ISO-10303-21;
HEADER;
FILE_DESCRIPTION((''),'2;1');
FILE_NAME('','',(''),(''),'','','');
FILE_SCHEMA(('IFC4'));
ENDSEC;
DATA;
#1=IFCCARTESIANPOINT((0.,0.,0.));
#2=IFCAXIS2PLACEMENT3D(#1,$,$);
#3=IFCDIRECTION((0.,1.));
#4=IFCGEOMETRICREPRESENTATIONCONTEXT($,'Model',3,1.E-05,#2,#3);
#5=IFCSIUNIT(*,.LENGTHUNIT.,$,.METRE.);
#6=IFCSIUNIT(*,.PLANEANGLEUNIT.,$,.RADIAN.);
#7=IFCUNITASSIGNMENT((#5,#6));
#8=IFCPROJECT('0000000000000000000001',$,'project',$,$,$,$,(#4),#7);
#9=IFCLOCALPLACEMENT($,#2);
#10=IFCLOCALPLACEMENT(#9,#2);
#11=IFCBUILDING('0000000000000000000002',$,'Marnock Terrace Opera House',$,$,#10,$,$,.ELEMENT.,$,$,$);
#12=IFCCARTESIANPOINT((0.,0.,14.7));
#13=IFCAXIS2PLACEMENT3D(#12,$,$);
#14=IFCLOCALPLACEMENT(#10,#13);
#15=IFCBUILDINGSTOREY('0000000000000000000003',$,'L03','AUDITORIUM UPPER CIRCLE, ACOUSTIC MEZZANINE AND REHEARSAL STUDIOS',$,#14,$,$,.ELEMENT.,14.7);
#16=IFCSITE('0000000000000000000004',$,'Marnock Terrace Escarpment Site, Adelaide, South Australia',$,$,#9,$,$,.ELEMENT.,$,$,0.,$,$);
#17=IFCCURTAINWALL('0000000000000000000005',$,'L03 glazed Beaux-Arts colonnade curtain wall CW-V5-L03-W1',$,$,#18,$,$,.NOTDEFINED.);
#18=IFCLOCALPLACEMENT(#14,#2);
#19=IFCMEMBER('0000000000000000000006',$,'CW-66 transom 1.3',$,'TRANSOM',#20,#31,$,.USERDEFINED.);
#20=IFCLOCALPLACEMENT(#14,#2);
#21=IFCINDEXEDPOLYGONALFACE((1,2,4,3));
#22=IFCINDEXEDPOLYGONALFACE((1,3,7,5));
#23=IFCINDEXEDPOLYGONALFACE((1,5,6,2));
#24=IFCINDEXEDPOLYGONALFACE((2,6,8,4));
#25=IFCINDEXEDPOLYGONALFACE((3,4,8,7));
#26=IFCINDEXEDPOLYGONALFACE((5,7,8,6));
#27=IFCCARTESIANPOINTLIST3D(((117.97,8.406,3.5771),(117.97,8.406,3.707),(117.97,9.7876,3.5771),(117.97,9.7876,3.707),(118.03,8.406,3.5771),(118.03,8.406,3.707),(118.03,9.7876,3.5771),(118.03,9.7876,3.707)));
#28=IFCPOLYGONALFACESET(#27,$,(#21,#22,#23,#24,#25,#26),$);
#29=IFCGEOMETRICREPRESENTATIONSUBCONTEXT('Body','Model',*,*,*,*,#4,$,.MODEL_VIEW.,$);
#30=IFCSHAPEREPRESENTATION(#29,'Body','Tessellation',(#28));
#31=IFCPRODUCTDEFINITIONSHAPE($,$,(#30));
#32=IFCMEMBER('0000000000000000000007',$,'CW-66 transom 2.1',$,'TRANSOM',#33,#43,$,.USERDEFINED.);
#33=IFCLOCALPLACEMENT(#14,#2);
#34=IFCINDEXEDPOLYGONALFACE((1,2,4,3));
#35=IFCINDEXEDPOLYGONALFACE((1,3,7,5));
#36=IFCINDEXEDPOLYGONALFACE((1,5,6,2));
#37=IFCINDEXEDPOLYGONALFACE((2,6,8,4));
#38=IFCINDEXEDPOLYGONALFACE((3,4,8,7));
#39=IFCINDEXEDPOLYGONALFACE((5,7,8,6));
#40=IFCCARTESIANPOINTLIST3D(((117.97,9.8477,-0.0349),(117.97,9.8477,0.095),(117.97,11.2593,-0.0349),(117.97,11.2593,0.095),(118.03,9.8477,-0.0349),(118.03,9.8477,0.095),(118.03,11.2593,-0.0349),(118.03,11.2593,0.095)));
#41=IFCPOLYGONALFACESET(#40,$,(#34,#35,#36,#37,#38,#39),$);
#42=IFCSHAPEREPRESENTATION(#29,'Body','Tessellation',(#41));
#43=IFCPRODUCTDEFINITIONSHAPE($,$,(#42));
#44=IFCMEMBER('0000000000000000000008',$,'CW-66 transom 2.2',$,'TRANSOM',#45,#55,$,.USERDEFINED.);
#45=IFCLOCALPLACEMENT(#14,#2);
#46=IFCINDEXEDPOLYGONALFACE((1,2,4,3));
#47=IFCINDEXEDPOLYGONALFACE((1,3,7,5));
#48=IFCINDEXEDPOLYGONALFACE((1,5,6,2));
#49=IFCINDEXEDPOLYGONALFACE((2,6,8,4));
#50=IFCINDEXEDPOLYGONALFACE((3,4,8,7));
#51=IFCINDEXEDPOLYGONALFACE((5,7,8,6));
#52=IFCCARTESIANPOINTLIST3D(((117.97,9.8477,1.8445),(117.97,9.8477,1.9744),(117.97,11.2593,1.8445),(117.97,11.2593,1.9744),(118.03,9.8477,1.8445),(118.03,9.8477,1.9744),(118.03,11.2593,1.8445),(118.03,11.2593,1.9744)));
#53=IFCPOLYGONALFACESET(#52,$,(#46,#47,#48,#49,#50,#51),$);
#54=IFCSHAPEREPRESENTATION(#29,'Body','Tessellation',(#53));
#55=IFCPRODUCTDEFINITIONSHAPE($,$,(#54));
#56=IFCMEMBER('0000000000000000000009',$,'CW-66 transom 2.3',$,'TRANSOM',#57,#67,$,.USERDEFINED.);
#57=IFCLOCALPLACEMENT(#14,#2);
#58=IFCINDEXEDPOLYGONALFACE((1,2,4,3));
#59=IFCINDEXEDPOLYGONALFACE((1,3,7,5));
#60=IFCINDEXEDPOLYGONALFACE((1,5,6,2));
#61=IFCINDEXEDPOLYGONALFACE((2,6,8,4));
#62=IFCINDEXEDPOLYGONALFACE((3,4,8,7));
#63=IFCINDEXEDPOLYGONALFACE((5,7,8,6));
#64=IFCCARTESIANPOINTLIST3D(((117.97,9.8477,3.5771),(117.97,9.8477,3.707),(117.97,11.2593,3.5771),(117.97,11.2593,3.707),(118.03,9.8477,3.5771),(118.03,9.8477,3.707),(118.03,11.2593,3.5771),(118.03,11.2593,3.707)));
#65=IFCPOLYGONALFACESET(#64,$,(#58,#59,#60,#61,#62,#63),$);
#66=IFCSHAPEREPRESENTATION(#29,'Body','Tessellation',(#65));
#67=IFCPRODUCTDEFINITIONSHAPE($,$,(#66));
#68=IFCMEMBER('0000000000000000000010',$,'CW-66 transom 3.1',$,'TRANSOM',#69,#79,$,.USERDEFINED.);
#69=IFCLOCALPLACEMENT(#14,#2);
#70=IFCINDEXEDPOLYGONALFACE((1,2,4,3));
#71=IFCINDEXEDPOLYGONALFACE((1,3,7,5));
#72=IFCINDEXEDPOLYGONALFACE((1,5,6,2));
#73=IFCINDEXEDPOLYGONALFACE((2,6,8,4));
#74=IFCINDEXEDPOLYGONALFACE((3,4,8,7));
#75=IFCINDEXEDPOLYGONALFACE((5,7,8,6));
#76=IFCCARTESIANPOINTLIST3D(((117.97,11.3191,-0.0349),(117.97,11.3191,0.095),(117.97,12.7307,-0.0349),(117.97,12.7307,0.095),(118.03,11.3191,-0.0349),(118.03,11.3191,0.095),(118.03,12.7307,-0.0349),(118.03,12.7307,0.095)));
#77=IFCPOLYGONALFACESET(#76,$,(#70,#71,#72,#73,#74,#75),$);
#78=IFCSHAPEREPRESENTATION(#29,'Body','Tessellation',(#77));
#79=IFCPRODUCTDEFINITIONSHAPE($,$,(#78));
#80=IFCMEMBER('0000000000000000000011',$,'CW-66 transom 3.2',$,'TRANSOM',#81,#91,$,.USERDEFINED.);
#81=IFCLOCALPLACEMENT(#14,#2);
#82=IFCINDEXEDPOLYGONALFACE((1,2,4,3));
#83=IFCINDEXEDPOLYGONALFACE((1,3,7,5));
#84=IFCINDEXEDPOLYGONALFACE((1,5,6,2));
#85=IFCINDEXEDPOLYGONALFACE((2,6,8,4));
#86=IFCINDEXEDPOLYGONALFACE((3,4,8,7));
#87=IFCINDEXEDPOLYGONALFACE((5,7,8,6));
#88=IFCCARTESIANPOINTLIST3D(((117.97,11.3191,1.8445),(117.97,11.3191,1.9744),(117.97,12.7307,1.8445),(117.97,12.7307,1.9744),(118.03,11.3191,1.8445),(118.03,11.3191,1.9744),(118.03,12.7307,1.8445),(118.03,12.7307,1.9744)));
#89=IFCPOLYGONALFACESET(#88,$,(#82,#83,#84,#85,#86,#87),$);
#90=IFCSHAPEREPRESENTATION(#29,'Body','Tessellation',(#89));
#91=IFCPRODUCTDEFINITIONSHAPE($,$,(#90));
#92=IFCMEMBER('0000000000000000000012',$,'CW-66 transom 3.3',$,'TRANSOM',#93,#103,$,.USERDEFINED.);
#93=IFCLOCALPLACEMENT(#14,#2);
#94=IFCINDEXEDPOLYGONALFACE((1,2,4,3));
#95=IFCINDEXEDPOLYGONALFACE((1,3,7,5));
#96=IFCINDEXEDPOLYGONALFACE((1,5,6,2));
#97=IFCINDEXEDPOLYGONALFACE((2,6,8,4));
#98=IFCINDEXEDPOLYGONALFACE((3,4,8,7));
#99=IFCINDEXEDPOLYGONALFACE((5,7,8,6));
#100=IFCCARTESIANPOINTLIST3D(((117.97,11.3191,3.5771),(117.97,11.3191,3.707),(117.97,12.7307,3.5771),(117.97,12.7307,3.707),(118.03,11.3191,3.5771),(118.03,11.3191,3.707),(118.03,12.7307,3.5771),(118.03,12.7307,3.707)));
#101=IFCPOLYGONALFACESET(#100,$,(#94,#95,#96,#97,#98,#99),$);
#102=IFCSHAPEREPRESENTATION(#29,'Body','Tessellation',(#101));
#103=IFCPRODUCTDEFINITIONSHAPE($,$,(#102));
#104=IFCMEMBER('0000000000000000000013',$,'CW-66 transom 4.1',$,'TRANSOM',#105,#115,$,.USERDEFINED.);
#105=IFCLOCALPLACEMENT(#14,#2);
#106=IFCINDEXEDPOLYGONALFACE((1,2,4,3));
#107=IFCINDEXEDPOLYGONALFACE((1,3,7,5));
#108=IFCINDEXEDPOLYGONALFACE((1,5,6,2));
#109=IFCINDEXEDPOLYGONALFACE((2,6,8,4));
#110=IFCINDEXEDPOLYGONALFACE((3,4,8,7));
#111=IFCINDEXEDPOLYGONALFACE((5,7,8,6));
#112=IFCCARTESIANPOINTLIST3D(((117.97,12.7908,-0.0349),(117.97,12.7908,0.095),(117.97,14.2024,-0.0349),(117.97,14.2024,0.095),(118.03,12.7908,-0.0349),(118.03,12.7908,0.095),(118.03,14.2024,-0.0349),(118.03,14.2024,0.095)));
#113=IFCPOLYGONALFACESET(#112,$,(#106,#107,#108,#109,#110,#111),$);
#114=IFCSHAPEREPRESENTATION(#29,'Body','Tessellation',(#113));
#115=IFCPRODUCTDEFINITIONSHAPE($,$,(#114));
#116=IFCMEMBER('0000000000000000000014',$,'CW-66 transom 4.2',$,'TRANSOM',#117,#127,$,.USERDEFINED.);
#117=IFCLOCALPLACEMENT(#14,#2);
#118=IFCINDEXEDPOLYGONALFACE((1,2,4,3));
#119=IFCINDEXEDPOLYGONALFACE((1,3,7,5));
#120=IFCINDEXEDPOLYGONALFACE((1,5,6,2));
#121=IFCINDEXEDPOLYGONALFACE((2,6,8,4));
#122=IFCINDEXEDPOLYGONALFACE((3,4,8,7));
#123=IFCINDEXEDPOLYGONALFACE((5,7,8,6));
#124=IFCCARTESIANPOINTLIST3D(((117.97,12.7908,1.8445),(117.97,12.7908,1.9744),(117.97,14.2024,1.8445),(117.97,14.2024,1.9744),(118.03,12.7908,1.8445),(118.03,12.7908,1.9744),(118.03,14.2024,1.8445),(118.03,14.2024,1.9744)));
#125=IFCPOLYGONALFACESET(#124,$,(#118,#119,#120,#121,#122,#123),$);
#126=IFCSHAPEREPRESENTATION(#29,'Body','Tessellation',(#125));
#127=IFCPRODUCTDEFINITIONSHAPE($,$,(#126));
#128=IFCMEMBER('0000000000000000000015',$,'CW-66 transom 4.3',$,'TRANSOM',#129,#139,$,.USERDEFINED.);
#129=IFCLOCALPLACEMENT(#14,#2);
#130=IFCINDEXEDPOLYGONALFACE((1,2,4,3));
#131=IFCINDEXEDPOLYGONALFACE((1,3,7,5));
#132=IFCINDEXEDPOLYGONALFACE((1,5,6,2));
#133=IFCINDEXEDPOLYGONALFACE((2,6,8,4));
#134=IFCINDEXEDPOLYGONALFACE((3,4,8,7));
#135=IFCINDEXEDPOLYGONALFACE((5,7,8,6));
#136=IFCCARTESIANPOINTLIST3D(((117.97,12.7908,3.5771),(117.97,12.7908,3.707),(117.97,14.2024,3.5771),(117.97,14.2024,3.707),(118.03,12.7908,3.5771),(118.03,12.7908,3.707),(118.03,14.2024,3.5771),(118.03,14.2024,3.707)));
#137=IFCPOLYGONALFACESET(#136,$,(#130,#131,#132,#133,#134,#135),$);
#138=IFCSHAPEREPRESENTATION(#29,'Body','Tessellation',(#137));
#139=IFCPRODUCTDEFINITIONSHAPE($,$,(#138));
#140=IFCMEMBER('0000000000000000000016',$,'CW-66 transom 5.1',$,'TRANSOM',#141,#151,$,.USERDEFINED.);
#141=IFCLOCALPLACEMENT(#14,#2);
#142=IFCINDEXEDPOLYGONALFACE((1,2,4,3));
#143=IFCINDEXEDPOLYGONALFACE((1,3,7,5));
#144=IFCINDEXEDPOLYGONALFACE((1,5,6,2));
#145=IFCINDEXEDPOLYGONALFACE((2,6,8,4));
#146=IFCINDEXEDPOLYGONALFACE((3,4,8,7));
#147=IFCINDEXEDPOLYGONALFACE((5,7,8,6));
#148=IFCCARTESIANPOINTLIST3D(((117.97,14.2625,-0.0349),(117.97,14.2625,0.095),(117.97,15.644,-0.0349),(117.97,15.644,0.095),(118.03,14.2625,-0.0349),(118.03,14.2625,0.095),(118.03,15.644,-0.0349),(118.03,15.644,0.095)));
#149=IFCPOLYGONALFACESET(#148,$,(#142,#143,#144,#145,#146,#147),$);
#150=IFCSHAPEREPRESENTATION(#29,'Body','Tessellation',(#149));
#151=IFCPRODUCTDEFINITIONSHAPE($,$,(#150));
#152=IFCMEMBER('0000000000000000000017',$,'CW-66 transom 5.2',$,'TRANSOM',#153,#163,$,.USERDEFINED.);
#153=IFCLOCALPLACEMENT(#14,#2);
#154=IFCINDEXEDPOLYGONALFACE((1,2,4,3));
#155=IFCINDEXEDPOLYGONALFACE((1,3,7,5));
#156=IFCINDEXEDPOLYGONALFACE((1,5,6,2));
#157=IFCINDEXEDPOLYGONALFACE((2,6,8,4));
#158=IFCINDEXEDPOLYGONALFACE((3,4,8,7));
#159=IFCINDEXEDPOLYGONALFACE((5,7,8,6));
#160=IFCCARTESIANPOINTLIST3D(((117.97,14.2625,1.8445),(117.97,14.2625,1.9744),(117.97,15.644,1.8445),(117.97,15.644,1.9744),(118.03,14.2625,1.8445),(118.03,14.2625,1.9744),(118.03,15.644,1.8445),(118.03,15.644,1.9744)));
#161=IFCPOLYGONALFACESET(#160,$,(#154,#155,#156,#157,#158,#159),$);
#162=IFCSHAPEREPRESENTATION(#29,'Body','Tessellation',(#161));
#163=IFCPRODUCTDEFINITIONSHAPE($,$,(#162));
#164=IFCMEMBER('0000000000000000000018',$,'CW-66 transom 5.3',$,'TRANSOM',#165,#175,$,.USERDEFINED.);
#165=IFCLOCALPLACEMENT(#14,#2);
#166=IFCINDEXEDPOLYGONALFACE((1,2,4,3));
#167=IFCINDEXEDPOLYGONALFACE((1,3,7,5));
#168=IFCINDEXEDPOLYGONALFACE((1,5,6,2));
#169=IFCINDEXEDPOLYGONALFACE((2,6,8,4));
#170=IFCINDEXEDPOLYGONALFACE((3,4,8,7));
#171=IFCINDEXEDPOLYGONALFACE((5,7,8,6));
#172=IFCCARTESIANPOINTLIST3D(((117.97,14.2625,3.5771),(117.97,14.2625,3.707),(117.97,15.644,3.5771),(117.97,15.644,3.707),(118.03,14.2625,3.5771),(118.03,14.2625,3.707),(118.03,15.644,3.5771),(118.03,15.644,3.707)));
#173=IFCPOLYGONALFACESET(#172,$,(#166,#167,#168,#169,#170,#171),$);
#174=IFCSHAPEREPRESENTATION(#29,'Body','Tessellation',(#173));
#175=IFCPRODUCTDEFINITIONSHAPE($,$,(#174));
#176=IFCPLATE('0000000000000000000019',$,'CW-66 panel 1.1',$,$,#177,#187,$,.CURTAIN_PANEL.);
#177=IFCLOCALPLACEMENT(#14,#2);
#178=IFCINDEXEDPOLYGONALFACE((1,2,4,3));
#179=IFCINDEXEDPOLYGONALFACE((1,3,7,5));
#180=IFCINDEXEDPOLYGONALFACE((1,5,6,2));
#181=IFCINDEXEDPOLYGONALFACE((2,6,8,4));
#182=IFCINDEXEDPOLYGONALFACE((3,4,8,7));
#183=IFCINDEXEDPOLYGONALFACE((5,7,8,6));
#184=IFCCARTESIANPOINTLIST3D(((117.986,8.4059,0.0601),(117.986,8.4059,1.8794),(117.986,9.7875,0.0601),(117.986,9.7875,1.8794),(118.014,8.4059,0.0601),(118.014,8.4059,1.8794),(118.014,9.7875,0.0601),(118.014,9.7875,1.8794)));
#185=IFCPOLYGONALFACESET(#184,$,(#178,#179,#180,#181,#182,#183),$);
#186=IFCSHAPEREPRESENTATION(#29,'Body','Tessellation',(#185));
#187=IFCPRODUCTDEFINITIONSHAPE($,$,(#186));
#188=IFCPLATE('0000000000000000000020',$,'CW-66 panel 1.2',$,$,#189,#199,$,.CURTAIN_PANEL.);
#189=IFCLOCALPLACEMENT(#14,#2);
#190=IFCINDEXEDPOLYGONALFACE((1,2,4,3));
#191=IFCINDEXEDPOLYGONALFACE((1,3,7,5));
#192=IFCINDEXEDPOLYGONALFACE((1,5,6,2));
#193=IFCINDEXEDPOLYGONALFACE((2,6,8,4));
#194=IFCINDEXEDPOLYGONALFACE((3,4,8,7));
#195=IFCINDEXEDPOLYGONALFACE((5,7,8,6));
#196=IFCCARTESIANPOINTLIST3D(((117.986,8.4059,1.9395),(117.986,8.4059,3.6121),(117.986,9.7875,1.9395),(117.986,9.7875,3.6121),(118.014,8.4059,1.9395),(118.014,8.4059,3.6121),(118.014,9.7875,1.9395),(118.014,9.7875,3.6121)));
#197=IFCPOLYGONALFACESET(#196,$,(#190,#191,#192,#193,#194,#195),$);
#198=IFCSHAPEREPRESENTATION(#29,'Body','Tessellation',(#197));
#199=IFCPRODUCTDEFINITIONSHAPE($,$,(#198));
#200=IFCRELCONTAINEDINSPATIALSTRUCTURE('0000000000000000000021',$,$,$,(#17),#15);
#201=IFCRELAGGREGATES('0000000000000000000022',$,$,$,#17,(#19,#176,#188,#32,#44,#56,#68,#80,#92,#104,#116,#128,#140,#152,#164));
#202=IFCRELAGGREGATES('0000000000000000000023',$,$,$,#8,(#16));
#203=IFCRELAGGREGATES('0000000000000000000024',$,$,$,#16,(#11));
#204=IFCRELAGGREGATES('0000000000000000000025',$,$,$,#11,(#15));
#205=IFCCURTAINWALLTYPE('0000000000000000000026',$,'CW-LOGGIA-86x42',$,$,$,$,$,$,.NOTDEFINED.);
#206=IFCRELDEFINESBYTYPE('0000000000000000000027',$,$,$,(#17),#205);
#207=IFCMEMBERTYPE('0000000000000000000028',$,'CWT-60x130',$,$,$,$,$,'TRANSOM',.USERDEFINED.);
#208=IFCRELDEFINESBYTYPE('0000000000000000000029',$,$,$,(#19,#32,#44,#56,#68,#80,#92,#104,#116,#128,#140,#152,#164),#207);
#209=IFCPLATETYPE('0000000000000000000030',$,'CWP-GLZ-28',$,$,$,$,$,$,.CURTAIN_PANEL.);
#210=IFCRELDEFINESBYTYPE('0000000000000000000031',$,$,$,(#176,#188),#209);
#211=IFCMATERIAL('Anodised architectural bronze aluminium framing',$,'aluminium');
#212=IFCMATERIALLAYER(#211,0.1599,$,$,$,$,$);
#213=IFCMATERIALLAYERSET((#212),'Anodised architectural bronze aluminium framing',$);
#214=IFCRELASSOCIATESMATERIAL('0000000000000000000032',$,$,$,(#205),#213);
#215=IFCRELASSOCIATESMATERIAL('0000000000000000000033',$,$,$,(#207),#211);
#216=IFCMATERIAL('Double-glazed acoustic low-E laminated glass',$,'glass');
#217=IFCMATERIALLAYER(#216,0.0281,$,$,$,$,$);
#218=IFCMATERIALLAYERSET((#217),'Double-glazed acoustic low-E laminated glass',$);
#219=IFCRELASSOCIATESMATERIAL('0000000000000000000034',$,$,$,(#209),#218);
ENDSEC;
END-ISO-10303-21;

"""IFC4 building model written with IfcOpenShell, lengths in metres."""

from ifc_helpers import new_model, si_unit, direction, frame, origin, origin_2d, place, context, subcontext, project, spatial, rectangle, extrude, material, layer, layer_set, material_profile, profile_set, type_object, element, aggregate, save


model = new_model("IFC4")

# Units and contexts
model_context = context("Model", 3, precision=1e-05, world=origin(), true_north=direction((0.0, 1.0)))
body_context = subcontext(model_context, "Body", "Model", "MODEL_VIEW")
ifc_project = project(units=[si_unit("LENGTHUNIT", "METRE"), si_unit("PLANEANGLEUNIT", "RADIAN")], contexts=[model_context])

# Site, building, storey
site_placement = place(None, origin())
site = spatial("IfcSite", under=ifc_project, at=site_placement, Name="Marnock Terrace Escarpment Site, Adelaide, South Australia", CompositionType="ELEMENT", RefElevation=0.0)
building_placement = place(site_placement, origin())
building = spatial("IfcBuilding", under=site, at=building_placement, Name="Marnock Terrace Opera House", CompositionType="ELEMENT")
storey_placement = place(building_placement, frame((0.0, 0.0, 14.7)))
storey = spatial("IfcBuildingStorey", under=building, at=storey_placement, Name="L03", Description="AUDITORIUM UPPER CIRCLE, ACOUSTIC MEZZANINE AND REHEARSAL STUDIOS", CompositionType="ELEMENT", Elevation=14.7)

# Curtain wall, members, plates
ifc_material_1 = material(Name="Anodised architectural bronze aluminium framing", Category="aluminium")
ifc_layer_1 = layer(ifc_material_1, 0.1599)
ifc_layer_set_1 = layer_set([ifc_layer_1], Name="Anodised architectural bronze aluminium framing")
curtain_wall_type = type_object("IfcCurtainWallType", Name="CW-LOGGIA-86x42", PredefinedType="NOTDEFINED", material=ifc_layer_set_1)
curtain_wall_placement = place(storey_placement, origin())
curtain_wall = element("IfcCurtainWall", 1, at=curtain_wall_placement, inside=storey, type_object=curtain_wall_type, Name="L03 glazed Beaux-Arts colonnade curtain wall CW-V5-L03-W1", PredefinedType="NOTDEFINED")
ifc_material_profile_1 = material_profile(ifc_material_1, rectangle(XDim=0.0601, YDim=0.1299, at=origin_2d()))
ifc_profile_set_1 = profile_set([ifc_material_profile_1], Name="Anodised architectural bronze aluminium framing")
member_type_1 = type_object("IfcMemberType", Name="CWT-60x130", ElementType="TRANSOM", PredefinedType="USERDEFINED", material=ifc_profile_set_1)
member_1_placement = place(storey_placement, frame((118.0, 8.406, 3.6421), z_axis=(0.0, 1.0, 0.0), x_axis=(-1.0, 0.0, 0.0)))
member_1 = element("IfcMember", 2, at=member_1_placement, type_object=member_type_1, Name="CW-66 transom 1.3", ObjectType="TRANSOM", PredefinedType="USERDEFINED", context=body_context, shape_type="SweptSolid", body=[
    extrude(rectangle(XDim=0.0601, YDim=0.1299, at=origin_2d()), origin(), (0.0, 0.0, 1.0), 1.3816),
])
member_2_placement = place(storey_placement, frame((118.0, 9.8477, 0.03), z_axis=(0.0, 1.0, 0.0), x_axis=(-1.0, 0.0, 0.0)))
member_2 = element("IfcMember", 3, at=member_2_placement, type_object=member_type_1, Name="CW-66 transom 2.1", ObjectType="TRANSOM", PredefinedType="USERDEFINED", context=body_context, shape_type="SweptSolid", body=[
    extrude(rectangle(XDim=0.0601, YDim=0.1299, at=origin_2d()), origin(), (0.0, 0.0, 1.0), 1.4116),
])
member_3_placement = place(storey_placement, frame((118.0, 9.8477, 1.9094), z_axis=(0.0, 1.0, 0.0), x_axis=(-1.0, 0.0, 0.0)))
member_3 = element("IfcMember", 4, at=member_3_placement, type_object=member_type_1, Name="CW-66 transom 2.2", ObjectType="TRANSOM", PredefinedType="USERDEFINED", context=body_context, shape_type="SweptSolid", body=[
    extrude(rectangle(XDim=0.0601, YDim=0.1299, at=origin_2d()), origin(), (0.0, 0.0, 1.0), 1.4116),
])
member_4_placement = place(storey_placement, frame((118.0, 9.8477, 3.6421), z_axis=(0.0, 1.0, 0.0), x_axis=(-1.0, 0.0, 0.0)))
member_4 = element("IfcMember", 5, at=member_4_placement, type_object=member_type_1, Name="CW-66 transom 2.3", ObjectType="TRANSOM", PredefinedType="USERDEFINED", context=body_context, shape_type="SweptSolid", body=[
    extrude(rectangle(XDim=0.0601, YDim=0.1299, at=origin_2d()), origin(), (0.0, 0.0, 1.0), 1.4116),
])
member_5_placement = place(storey_placement, frame((118.0, 11.3191, 0.03), z_axis=(0.0, 1.0, 0.0), x_axis=(-1.0, 0.0, 0.0)))
member_5 = element("IfcMember", 6, at=member_5_placement, type_object=member_type_1, Name="CW-66 transom 3.1", ObjectType="TRANSOM", PredefinedType="USERDEFINED", context=body_context, shape_type="SweptSolid", body=[
    extrude(rectangle(XDim=0.0601, YDim=0.1299, at=origin_2d()), origin(), (0.0, 0.0, 1.0), 1.4116),
])
member_6_placement = place(storey_placement, frame((118.0, 11.3191, 1.9094), z_axis=(0.0, 1.0, 0.0), x_axis=(-1.0, 0.0, 0.0)))
member_6 = element("IfcMember", 7, at=member_6_placement, type_object=member_type_1, Name="CW-66 transom 3.2", ObjectType="TRANSOM", PredefinedType="USERDEFINED", context=body_context, shape_type="SweptSolid", body=[
    extrude(rectangle(XDim=0.0601, YDim=0.1299, at=origin_2d()), origin(), (0.0, 0.0, 1.0), 1.4116),
])
member_7_placement = place(storey_placement, frame((118.0, 11.3191, 3.6421), z_axis=(0.0, 1.0, 0.0), x_axis=(-1.0, 0.0, 0.0)))
member_7 = element("IfcMember", 8, at=member_7_placement, type_object=member_type_1, Name="CW-66 transom 3.3", ObjectType="TRANSOM", PredefinedType="USERDEFINED", context=body_context, shape_type="SweptSolid", body=[
    extrude(rectangle(XDim=0.0601, YDim=0.1299, at=origin_2d()), origin(), (0.0, 0.0, 1.0), 1.4116),
])
member_8_placement = place(storey_placement, frame((118.0, 12.7908, 0.03), z_axis=(0.0, 1.0, 0.0), x_axis=(-1.0, 0.0, 0.0)))
member_8 = element("IfcMember", 9, at=member_8_placement, type_object=member_type_1, Name="CW-66 transom 4.1", ObjectType="TRANSOM", PredefinedType="USERDEFINED", context=body_context, shape_type="SweptSolid", body=[
    extrude(rectangle(XDim=0.0601, YDim=0.1299, at=origin_2d()), origin(), (0.0, 0.0, 1.0), 1.4116),
])
member_9_placement = place(storey_placement, frame((118.0, 12.7908, 1.9094), z_axis=(0.0, 1.0, 0.0), x_axis=(-1.0, 0.0, 0.0)))
member_9 = element("IfcMember", 10, at=member_9_placement, type_object=member_type_1, Name="CW-66 transom 4.2", ObjectType="TRANSOM", PredefinedType="USERDEFINED", context=body_context, shape_type="SweptSolid", body=[
    extrude(rectangle(XDim=0.0601, YDim=0.1299, at=origin_2d()), origin(), (0.0, 0.0, 1.0), 1.4116),
])
member_10_placement = place(storey_placement, frame((118.0, 12.7908, 3.6421), z_axis=(0.0, 1.0, 0.0), x_axis=(-1.0, 0.0, 0.0)))
member_10 = element("IfcMember", 11, at=member_10_placement, type_object=member_type_1, Name="CW-66 transom 4.3", ObjectType="TRANSOM", PredefinedType="USERDEFINED", context=body_context, shape_type="SweptSolid", body=[
    extrude(rectangle(XDim=0.0601, YDim=0.1299, at=origin_2d()), origin(), (0.0, 0.0, 1.0), 1.4116),
])
member_11_placement = place(storey_placement, frame((118.0, 14.2625, 0.03), z_axis=(0.0, 1.0, 0.0), x_axis=(-1.0, 0.0, 0.0)))
member_11 = element("IfcMember", 12, at=member_11_placement, type_object=member_type_1, Name="CW-66 transom 5.1", ObjectType="TRANSOM", PredefinedType="USERDEFINED", context=body_context, shape_type="SweptSolid", body=[
    extrude(rectangle(XDim=0.0601, YDim=0.1299, at=origin_2d()), origin(), (0.0, 0.0, 1.0), 1.3816),
])
member_12_placement = place(storey_placement, frame((118.0, 14.2625, 1.9094), z_axis=(0.0, 1.0, 0.0), x_axis=(-1.0, 0.0, 0.0)))
member_12 = element("IfcMember", 13, at=member_12_placement, type_object=member_type_1, Name="CW-66 transom 5.2", ObjectType="TRANSOM", PredefinedType="USERDEFINED", context=body_context, shape_type="SweptSolid", body=[
    extrude(rectangle(XDim=0.0601, YDim=0.1299, at=origin_2d()), origin(), (0.0, 0.0, 1.0), 1.3816),
])
member_13_placement = place(storey_placement, frame((118.0, 14.2625, 3.6421), z_axis=(0.0, 1.0, 0.0), x_axis=(-1.0, 0.0, 0.0)))
member_13 = element("IfcMember", 14, at=member_13_placement, type_object=member_type_1, Name="CW-66 transom 5.3", ObjectType="TRANSOM", PredefinedType="USERDEFINED", context=body_context, shape_type="SweptSolid", body=[
    extrude(rectangle(XDim=0.0601, YDim=0.1299, at=origin_2d()), origin(), (0.0, 0.0, 1.0), 1.3816),
])
ifc_material_2 = material(Name="Double-glazed acoustic low-E laminated glass", Category="glass")
ifc_layer_2 = layer(ifc_material_2, 0.0281)
ifc_layer_set_2 = layer_set([ifc_layer_2], Name="Double-glazed acoustic low-E laminated glass")
plate_type = type_object("IfcPlateType", Name="CWP-GLZ-28", PredefinedType="CURTAIN_PANEL", material=ifc_layer_set_2)
plate_1_placement = place(storey_placement, frame((118.0, 9.0967, 0.0601), z_axis=(0.0, 0.0, 1.0), x_axis=(0.0, 1.0, 0.0)))
plate_1 = element("IfcPlate", 15, at=plate_1_placement, type_object=plate_type, Name="CW-66 panel 1.1", PredefinedType="CURTAIN_PANEL", context=body_context, shape_type="SweptSolid", body=[
    extrude(rectangle(XDim=1.3816, YDim=0.0281, at=origin_2d()), origin(), (0.0, 0.0, 1.0), 1.8193),
])
plate_2_placement = place(storey_placement, frame((118.0, 9.0967, 1.9395), z_axis=(0.0, 0.0, 1.0), x_axis=(0.0, 1.0, 0.0)))
plate_2 = element("IfcPlate", 16, at=plate_2_placement, type_object=plate_type, Name="CW-66 panel 1.2", PredefinedType="CURTAIN_PANEL", context=body_context, shape_type="SweptSolid", body=[
    extrude(rectangle(XDim=1.3816, YDim=0.0281, at=origin_2d()), origin(), (0.0, 0.0, 1.0), 1.6726),
])
aggregate(curtain_wall, [member_1, plate_1, plate_2, member_2, member_3, member_4, member_5, member_6, member_7, member_8, member_9, member_10, member_11, member_12, member_13])

save(model, "model.ifc")
